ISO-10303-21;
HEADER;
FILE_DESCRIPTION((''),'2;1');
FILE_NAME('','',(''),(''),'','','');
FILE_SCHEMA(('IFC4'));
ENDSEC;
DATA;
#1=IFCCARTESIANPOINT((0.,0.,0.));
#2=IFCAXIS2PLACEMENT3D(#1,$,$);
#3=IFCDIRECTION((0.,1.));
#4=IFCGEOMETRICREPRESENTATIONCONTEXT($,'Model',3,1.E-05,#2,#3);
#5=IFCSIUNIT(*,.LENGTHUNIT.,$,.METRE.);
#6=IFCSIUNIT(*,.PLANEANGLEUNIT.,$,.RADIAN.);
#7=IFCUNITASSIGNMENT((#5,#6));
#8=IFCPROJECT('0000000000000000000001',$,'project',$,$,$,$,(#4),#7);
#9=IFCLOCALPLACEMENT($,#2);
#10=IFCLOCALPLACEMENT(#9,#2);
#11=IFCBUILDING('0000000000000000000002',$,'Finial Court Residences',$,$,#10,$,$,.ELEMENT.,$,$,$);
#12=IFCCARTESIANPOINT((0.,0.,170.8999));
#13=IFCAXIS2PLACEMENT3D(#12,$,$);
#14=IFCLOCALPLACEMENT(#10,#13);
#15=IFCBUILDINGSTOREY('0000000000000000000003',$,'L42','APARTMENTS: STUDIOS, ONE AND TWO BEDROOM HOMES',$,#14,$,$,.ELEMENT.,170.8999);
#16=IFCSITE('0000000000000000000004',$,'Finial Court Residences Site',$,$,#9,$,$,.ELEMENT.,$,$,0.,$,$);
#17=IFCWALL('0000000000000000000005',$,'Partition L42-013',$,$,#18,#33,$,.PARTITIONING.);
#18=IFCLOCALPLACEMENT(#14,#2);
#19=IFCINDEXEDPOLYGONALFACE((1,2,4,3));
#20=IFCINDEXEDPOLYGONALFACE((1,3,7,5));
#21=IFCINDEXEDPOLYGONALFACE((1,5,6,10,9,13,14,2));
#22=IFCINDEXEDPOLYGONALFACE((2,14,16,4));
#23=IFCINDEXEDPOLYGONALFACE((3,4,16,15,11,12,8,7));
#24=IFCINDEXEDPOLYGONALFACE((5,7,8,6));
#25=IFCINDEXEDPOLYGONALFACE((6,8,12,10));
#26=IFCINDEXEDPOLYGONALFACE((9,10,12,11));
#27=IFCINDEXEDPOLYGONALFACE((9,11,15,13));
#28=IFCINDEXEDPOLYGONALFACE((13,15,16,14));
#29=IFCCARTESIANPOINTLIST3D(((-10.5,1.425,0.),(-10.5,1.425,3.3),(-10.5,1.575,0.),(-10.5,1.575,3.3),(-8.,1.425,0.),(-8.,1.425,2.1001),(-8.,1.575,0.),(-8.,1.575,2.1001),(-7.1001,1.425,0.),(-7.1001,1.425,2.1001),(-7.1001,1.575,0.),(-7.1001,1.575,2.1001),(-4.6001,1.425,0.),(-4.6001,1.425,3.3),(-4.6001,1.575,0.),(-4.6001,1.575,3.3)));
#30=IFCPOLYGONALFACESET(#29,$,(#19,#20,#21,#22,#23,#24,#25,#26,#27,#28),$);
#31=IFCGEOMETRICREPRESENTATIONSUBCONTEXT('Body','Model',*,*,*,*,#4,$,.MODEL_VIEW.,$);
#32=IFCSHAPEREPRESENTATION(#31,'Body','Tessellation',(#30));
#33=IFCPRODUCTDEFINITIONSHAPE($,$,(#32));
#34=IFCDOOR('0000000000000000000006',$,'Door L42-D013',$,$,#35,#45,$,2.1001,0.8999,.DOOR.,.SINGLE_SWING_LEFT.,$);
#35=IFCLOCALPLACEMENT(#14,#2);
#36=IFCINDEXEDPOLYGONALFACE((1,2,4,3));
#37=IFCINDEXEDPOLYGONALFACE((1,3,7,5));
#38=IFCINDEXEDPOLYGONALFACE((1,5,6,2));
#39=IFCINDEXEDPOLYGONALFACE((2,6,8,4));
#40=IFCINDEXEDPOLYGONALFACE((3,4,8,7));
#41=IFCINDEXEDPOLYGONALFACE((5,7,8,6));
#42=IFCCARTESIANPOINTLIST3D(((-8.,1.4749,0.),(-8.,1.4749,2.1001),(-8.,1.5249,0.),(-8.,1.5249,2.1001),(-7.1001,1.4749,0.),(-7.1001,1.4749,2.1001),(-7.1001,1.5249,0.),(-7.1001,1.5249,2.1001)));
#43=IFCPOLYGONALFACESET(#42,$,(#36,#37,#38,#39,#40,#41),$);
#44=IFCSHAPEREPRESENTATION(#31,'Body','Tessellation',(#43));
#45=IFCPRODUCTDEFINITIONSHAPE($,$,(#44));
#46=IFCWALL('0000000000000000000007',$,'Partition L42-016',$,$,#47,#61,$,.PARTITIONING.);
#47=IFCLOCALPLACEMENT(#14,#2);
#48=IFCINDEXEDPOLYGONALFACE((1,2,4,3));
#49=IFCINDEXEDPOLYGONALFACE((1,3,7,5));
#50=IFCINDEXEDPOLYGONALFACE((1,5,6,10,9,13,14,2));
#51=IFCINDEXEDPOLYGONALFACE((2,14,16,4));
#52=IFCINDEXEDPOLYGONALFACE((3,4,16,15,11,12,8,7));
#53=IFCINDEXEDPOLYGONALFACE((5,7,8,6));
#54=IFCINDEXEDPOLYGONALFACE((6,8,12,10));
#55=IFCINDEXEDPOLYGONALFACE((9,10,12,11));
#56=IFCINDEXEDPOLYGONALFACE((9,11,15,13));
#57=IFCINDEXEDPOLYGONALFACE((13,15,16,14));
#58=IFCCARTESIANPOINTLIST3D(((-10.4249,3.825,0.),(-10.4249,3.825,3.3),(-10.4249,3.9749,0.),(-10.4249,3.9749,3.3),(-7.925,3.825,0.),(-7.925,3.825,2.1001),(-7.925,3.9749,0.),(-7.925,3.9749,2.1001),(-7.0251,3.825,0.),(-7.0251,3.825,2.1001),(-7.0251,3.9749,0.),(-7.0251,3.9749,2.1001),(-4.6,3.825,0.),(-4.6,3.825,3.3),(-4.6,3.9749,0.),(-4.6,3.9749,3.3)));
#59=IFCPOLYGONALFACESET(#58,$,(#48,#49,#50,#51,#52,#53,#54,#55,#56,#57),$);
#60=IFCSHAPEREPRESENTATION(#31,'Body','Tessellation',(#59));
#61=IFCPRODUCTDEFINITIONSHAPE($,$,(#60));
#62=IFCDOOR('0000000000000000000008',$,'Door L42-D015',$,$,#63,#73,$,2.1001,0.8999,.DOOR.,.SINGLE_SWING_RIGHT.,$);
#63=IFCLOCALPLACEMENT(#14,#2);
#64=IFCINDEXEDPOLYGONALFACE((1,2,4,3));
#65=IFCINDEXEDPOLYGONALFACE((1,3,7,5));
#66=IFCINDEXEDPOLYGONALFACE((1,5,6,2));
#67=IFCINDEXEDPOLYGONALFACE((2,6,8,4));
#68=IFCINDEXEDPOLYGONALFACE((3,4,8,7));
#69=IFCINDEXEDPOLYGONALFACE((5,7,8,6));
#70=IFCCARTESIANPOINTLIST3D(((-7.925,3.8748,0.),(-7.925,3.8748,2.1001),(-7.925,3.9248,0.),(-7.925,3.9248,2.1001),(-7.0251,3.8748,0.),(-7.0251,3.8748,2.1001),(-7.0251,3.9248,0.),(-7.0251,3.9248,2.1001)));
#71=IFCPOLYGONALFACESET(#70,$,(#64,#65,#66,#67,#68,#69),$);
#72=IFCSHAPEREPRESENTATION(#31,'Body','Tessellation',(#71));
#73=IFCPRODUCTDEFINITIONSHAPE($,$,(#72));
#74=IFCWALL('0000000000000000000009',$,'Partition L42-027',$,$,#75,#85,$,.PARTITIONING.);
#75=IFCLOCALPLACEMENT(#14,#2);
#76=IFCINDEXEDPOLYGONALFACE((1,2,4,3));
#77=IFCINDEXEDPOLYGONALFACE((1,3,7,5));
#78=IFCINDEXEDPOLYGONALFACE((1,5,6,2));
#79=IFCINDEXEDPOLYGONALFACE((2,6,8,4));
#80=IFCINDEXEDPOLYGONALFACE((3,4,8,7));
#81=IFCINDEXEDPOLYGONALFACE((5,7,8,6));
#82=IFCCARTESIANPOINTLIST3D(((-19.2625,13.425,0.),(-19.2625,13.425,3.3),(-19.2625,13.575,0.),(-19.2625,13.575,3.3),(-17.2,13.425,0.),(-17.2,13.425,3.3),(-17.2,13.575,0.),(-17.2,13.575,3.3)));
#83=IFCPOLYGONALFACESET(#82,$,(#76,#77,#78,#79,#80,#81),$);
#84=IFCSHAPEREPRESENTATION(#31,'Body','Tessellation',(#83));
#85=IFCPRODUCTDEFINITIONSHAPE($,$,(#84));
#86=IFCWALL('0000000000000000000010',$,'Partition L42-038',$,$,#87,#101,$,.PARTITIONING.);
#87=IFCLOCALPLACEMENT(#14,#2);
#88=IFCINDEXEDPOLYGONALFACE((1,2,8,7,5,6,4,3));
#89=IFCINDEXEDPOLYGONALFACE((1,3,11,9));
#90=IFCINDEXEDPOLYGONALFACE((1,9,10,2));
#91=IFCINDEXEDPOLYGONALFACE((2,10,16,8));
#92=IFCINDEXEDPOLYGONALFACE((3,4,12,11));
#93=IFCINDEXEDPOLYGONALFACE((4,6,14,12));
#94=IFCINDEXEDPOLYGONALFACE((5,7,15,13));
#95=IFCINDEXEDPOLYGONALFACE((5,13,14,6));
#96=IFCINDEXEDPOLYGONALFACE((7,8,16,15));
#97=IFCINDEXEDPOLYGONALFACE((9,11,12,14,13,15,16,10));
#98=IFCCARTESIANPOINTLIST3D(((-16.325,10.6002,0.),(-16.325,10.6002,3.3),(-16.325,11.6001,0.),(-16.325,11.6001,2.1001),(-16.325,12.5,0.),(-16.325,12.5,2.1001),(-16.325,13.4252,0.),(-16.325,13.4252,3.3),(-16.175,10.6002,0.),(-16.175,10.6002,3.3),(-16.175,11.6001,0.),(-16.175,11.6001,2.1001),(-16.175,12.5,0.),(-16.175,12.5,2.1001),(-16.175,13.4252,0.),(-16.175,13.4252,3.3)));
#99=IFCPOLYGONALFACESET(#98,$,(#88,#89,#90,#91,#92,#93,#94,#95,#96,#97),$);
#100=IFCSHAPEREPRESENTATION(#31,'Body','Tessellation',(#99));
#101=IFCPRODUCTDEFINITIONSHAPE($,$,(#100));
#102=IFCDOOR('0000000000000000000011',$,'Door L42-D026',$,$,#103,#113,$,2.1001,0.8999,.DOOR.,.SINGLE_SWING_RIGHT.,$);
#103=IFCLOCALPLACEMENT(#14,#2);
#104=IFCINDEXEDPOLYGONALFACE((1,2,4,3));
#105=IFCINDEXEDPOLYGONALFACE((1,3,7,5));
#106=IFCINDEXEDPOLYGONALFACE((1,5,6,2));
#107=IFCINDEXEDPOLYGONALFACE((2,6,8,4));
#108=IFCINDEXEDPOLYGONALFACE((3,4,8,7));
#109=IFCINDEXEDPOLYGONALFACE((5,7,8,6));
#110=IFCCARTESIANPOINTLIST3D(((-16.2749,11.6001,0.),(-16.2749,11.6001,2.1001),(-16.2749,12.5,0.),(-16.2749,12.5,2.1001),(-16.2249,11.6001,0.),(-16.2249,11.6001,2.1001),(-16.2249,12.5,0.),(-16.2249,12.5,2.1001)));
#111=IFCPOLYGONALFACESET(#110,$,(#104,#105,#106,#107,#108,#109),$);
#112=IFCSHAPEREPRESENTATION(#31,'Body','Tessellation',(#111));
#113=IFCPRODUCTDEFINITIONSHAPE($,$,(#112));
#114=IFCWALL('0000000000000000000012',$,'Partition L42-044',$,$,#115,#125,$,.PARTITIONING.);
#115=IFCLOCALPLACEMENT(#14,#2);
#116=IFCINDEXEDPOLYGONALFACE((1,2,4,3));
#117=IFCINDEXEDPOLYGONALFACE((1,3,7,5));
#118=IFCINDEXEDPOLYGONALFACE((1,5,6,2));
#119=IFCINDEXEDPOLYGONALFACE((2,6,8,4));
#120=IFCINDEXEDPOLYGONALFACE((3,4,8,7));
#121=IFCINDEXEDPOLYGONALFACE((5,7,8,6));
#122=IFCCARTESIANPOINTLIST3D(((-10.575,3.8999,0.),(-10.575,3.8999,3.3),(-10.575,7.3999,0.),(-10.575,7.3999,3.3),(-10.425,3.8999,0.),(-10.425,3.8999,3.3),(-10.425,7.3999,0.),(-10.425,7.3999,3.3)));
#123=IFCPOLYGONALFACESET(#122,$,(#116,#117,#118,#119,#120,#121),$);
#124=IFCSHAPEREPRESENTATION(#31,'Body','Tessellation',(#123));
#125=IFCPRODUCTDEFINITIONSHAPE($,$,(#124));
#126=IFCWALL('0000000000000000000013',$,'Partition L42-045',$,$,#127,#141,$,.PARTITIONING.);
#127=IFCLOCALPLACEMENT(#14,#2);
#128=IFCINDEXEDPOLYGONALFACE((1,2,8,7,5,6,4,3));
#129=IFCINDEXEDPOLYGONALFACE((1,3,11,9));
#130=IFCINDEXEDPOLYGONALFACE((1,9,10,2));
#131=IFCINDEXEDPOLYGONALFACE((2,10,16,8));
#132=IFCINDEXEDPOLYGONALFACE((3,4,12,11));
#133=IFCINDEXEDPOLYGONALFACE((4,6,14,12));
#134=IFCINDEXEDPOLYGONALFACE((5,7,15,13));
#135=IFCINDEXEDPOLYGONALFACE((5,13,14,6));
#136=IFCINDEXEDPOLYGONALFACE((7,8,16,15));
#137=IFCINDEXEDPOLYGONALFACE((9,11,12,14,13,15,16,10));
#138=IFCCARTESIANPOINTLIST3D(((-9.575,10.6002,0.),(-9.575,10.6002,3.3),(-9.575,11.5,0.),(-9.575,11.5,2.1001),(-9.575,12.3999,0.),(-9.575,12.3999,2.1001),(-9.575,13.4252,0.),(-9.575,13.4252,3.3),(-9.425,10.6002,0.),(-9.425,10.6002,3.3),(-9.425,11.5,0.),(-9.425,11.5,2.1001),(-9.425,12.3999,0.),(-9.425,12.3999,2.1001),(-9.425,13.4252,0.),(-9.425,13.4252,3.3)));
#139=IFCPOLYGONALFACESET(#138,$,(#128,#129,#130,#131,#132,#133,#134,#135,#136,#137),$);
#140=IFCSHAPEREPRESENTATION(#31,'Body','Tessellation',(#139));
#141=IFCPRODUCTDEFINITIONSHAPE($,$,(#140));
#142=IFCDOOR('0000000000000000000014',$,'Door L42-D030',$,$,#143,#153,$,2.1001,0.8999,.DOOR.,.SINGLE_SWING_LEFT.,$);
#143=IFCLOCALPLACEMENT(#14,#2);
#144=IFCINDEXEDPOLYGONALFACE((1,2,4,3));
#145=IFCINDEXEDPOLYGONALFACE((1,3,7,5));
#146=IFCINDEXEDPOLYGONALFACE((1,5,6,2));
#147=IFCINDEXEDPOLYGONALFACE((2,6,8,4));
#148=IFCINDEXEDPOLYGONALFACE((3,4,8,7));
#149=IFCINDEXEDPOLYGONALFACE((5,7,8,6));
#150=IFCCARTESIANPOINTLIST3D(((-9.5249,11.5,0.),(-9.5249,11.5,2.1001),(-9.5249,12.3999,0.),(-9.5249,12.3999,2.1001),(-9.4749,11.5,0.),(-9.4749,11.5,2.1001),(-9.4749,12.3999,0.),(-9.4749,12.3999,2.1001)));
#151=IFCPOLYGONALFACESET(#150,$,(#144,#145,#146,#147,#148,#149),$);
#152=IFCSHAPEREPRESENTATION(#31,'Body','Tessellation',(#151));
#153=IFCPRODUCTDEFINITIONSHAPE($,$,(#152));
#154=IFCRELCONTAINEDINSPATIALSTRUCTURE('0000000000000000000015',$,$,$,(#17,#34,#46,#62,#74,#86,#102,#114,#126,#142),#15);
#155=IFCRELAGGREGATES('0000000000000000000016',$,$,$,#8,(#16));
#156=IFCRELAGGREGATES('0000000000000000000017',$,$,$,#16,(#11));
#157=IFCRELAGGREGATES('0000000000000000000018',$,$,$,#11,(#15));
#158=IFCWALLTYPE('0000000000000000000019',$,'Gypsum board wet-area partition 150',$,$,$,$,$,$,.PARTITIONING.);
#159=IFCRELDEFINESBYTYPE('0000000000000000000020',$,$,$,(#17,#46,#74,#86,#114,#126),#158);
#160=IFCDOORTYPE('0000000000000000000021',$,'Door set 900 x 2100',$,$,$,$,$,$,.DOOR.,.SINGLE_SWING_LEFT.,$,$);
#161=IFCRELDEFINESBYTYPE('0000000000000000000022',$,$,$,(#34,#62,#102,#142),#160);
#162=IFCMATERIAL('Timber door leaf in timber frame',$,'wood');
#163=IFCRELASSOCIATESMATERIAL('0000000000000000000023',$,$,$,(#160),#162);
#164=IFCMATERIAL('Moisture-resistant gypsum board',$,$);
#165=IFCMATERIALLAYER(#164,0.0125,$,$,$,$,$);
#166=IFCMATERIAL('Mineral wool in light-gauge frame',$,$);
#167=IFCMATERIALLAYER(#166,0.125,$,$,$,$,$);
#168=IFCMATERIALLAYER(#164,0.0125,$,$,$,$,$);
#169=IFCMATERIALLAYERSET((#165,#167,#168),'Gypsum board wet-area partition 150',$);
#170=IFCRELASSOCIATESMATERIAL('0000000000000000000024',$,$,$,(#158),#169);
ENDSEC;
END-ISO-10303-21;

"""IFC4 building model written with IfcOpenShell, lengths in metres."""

from ifc_helpers import new_model, si_unit, direction, frame, frame_2d, origin, place, context, subcontext, project, spatial, rectangle, extrude, material, layer, layer_set, type_object, element, fill, save


model = new_model("IFC4")

# Units and contexts
model_context = context("Model", 3, precision=1e-05, world=origin(), true_north=direction((0.0, 1.0)))
body_context = subcontext(model_context, "Body", "Model", "MODEL_VIEW")
ifc_project = project(units=[si_unit("LENGTHUNIT", "METRE"), si_unit("PLANEANGLEUNIT", "RADIAN")], contexts=[model_context])

# Site, building, storey
site_placement = place(None, origin())
site = spatial("IfcSite", under=ifc_project, at=site_placement, Name="Finial Court Residences Site", CompositionType="ELEMENT", RefElevation=0.0)
building_placement = place(site_placement, origin())
building = spatial("IfcBuilding", under=site, at=building_placement, Name="Finial Court Residences", CompositionType="ELEMENT")
storey_placement = place(building_placement, frame((0.0, 0.0, 170.8999)))
storey = spatial("IfcBuildingStorey", under=building, at=storey_placement, Name="L42", Description="APARTMENTS: STUDIOS, ONE AND TWO BEDROOM HOMES", CompositionType="ELEMENT", Elevation=170.8999)

# Shared definitions
ifc_material_1 = material(Name="Mineral wool in light-gauge frame")

# Walls, openings, doors
ifc_material_2 = material(Name="Timber door leaf in timber frame", Category="wood")
door_type = type_object("IfcDoorType", Name="Door set 900 x 2100", OperationType="SINGLE_SWING_LEFT", PredefinedType="DOOR", material=ifc_material_2)
ifc_material_3 = material(Name="Moisture-resistant gypsum board")
ifc_layer_1 = layer(ifc_material_3, 0.0125)
ifc_layer_2 = layer(ifc_material_1, 0.125)
ifc_layer_3 = layer(ifc_material_3, 0.0125)
ifc_layer_set_1 = layer_set([ifc_layer_1, ifc_layer_2, ifc_layer_3], Name="Gypsum board wet-area partition 150")
wall_type_1 = type_object("IfcWallType", Name="Gypsum board wet-area partition 150", PredefinedType="PARTITIONING", material=ifc_layer_set_1)
wall_1_placement = place(storey_placement, frame((-10.5, 1.5, 0.0), z_axis=(0.0, 0.0, 1.0), x_axis=(1.0, 0.0, 0.0)))
wall_1 = element("IfcWall", 1, at=wall_1_placement, inside=storey, type_object=wall_type_1, Name="Partition L42-013", PredefinedType="PARTITIONING", context=body_context, shape_type="SweptSolid", body=[
    extrude(rectangle(XDim=5.8999, YDim=0.1499, at=frame_2d((2.95, 0.0))), origin(), (0.0, 0.0, 1.0), 3.3),
])
opening_1_placement = place(wall_1_placement, frame((2.5, 0.0, 0.0)))
opening_1 = element("IfcOpeningElement", 2, at=opening_1_placement, cuts=wall_1, PredefinedType="OPENING", context=body_context, shape_type="SweptSolid", body=[
    extrude(rectangle(XDim=0.8999, YDim=2.1001, at=frame_2d((0.45, 1.05))), frame((0.0, 0.085, 0.0), z_axis=(0.0, -1.0, 0.0), x_axis=(1.0, 0.0, 0.0)), (0.0, 0.0, 1.0), 0.1699),
])
door_1_placement = place(opening_1_placement, origin())
door_1 = element("IfcDoor", 3, at=door_1_placement, inside=storey, type_object=door_type, Name="Door L42-D013", OperationType="SINGLE_SWING_LEFT", OverallHeight=2.1001, OverallWidth=0.8999, PredefinedType="DOOR", context=body_context, shape_type="SweptSolid", body=[
    extrude(rectangle(XDim=0.8999, YDim=2.1001, at=frame_2d((0.45, 1.05))), frame((0.0, 0.0249, 0.0), z_axis=(0.0, -1.0, 0.0), x_axis=(1.0, 0.0, 0.0)), (0.0, 0.0, 1.0), 0.05),
])
fill(opening_1, door_1)
wall_2_placement = place(storey_placement, frame((-10.425, 3.8999, 0.0), z_axis=(0.0, 0.0, 1.0), x_axis=(1.0, 0.0, 0.0)))
wall_2 = element("IfcWall", 4, at=wall_2_placement, inside=storey, type_object=wall_type_1, Name="Partition L42-016", PredefinedType="PARTITIONING", context=body_context, shape_type="SweptSolid", body=[
    extrude(rectangle(XDim=5.825, YDim=0.1499, at=frame_2d((2.9126, 0.0))), origin(), (0.0, 0.0, 1.0), 3.3),
])
opening_2_placement = place(wall_2_placement, frame((2.5, 0.0, 0.0)))
opening_2 = element("IfcOpeningElement", 5, at=opening_2_placement, cuts=wall_2, PredefinedType="OPENING", context=body_context, shape_type="SweptSolid", body=[
    extrude(rectangle(XDim=0.8999, YDim=2.1001, at=frame_2d((0.45, 1.05))), frame((0.0, 0.085, 0.0), z_axis=(0.0, -1.0, 0.0), x_axis=(1.0, 0.0, 0.0)), (0.0, 0.0, 1.0), 0.1699),
])
door_2_placement = place(opening_2_placement, origin())
door_2 = element("IfcDoor", 6, at=door_2_placement, inside=storey, type_object=door_type, Name="Door L42-D015", OperationType="SINGLE_SWING_RIGHT", OverallHeight=2.1001, OverallWidth=0.8999, PredefinedType="DOOR", context=body_context, shape_type="SweptSolid", body=[
    extrude(rectangle(XDim=0.8999, YDim=2.1001, at=frame_2d((0.45, 1.05))), frame((0.0, 0.0249, 0.0), z_axis=(0.0, -1.0, 0.0), x_axis=(1.0, 0.0, 0.0)), (0.0, 0.0, 1.0), 0.05),
])
fill(opening_2, door_2)

# Wall
wall_3_placement = place(storey_placement, frame((-19.2625, 13.5, 0.0), z_axis=(0.0, 0.0, 1.0), x_axis=(1.0, 0.0, 0.0)))
element("IfcWall", 7, at=wall_3_placement, inside=storey, type_object=wall_type_1, Name="Partition L42-027", PredefinedType="PARTITIONING", context=body_context, shape_type="SweptSolid", body=[
    extrude(rectangle(XDim=2.0625, YDim=0.1499, at=frame_2d((1.0312, 0.0))), origin(), (0.0, 0.0, 1.0), 3.3),
])

# Wall, opening, door
wall_4_placement = place(storey_placement, frame((-16.25, 10.6001, 0.0), z_axis=(0.0, 0.0, 1.0), x_axis=(0.0, 1.0, 0.0)))
wall_4 = element("IfcWall", 8, at=wall_4_placement, inside=storey, type_object=wall_type_1, Name="Partition L42-038", PredefinedType="PARTITIONING", context=body_context, shape_type="SweptSolid", body=[
    extrude(rectangle(XDim=2.825, YDim=0.1499, at=frame_2d((1.4126, 0.0))), origin(), (0.0, 0.0, 1.0), 3.3),
])
opening_3_placement = place(wall_4_placement, frame((1.0, 0.0, 0.0)))
opening_3 = element("IfcOpeningElement", 9, at=opening_3_placement, cuts=wall_4, PredefinedType="OPENING", context=body_context, shape_type="SweptSolid", body=[
    extrude(rectangle(XDim=0.8999, YDim=2.1001, at=frame_2d((0.45, 1.05))), frame((0.0, 0.085, 0.0), z_axis=(0.0, -1.0, 0.0), x_axis=(1.0, 0.0, 0.0)), (0.0, 0.0, 1.0), 0.1699),
])
door_3_placement = place(opening_3_placement, origin())
door_3 = element("IfcDoor", 10, at=door_3_placement, inside=storey, type_object=door_type, Name="Door L42-D026", OperationType="SINGLE_SWING_RIGHT", OverallHeight=2.1001, OverallWidth=0.8999, PredefinedType="DOOR", context=body_context, shape_type="SweptSolid", body=[
    extrude(rectangle(XDim=0.8999, YDim=2.1001, at=frame_2d((0.45, 1.05))), frame((0.0, 0.0249, 0.0), z_axis=(0.0, -1.0, 0.0), x_axis=(1.0, 0.0, 0.0)), (0.0, 0.0, 1.0), 0.05),
])
fill(opening_3, door_3)

# Wall
wall_5_placement = place(storey_placement, frame((-10.5, 3.8999, 0.0), z_axis=(0.0, 0.0, 1.0), x_axis=(0.0, 1.0, 0.0)))
element("IfcWall", 11, at=wall_5_placement, inside=storey, type_object=wall_type_1, Name="Partition L42-044", PredefinedType="PARTITIONING", context=body_context, shape_type="SweptSolid", body=[
    extrude(rectangle(XDim=3.5, YDim=0.1499, at=frame_2d((1.75, 0.0))), origin(), (0.0, 0.0, 1.0), 3.3),
])

# Wall, opening, door
wall_6_placement = place(storey_placement, frame((-9.5, 10.6001, 0.0), z_axis=(0.0, 0.0, 1.0), x_axis=(0.0, 1.0, 0.0)))
wall_6 = element("IfcWall", 12, at=wall_6_placement, inside=storey, type_object=wall_type_1, Name="Partition L42-045", PredefinedType="PARTITIONING", context=body_context, shape_type="SweptSolid", body=[
    extrude(rectangle(XDim=2.825, YDim=0.1499, at=frame_2d((1.4126, 0.0))), origin(), (0.0, 0.0, 1.0), 3.3),
])
opening_4_placement = place(wall_6_placement, frame((0.8999, 0.0, 0.0)))
opening_4 = element("IfcOpeningElement", 13, at=opening_4_placement, cuts=wall_6, PredefinedType="OPENING", context=body_context, shape_type="SweptSolid", body=[
    extrude(rectangle(XDim=0.8999, YDim=2.1001, at=frame_2d((0.45, 1.05))), frame((0.0, 0.085, 0.0), z_axis=(0.0, -1.0, 0.0), x_axis=(1.0, 0.0, 0.0)), (0.0, 0.0, 1.0), 0.1699),
])
door_4_placement = place(opening_4_placement, origin())
door_4 = element("IfcDoor", 14, at=door_4_placement, inside=storey, type_object=door_type, Name="Door L42-D030", OperationType="SINGLE_SWING_LEFT", OverallHeight=2.1001, OverallWidth=0.8999, PredefinedType="DOOR", context=body_context, shape_type="SweptSolid", body=[
    extrude(rectangle(XDim=0.8999, YDim=2.1001, at=frame_2d((0.45, 1.05))), frame((0.0, 0.0249, 0.0), z_axis=(0.0, -1.0, 0.0), x_axis=(1.0, 0.0, 0.0)), (0.0, 0.0, 1.0), 0.05),
])
fill(opening_4, door_4)

save(model, "model.ifc")
